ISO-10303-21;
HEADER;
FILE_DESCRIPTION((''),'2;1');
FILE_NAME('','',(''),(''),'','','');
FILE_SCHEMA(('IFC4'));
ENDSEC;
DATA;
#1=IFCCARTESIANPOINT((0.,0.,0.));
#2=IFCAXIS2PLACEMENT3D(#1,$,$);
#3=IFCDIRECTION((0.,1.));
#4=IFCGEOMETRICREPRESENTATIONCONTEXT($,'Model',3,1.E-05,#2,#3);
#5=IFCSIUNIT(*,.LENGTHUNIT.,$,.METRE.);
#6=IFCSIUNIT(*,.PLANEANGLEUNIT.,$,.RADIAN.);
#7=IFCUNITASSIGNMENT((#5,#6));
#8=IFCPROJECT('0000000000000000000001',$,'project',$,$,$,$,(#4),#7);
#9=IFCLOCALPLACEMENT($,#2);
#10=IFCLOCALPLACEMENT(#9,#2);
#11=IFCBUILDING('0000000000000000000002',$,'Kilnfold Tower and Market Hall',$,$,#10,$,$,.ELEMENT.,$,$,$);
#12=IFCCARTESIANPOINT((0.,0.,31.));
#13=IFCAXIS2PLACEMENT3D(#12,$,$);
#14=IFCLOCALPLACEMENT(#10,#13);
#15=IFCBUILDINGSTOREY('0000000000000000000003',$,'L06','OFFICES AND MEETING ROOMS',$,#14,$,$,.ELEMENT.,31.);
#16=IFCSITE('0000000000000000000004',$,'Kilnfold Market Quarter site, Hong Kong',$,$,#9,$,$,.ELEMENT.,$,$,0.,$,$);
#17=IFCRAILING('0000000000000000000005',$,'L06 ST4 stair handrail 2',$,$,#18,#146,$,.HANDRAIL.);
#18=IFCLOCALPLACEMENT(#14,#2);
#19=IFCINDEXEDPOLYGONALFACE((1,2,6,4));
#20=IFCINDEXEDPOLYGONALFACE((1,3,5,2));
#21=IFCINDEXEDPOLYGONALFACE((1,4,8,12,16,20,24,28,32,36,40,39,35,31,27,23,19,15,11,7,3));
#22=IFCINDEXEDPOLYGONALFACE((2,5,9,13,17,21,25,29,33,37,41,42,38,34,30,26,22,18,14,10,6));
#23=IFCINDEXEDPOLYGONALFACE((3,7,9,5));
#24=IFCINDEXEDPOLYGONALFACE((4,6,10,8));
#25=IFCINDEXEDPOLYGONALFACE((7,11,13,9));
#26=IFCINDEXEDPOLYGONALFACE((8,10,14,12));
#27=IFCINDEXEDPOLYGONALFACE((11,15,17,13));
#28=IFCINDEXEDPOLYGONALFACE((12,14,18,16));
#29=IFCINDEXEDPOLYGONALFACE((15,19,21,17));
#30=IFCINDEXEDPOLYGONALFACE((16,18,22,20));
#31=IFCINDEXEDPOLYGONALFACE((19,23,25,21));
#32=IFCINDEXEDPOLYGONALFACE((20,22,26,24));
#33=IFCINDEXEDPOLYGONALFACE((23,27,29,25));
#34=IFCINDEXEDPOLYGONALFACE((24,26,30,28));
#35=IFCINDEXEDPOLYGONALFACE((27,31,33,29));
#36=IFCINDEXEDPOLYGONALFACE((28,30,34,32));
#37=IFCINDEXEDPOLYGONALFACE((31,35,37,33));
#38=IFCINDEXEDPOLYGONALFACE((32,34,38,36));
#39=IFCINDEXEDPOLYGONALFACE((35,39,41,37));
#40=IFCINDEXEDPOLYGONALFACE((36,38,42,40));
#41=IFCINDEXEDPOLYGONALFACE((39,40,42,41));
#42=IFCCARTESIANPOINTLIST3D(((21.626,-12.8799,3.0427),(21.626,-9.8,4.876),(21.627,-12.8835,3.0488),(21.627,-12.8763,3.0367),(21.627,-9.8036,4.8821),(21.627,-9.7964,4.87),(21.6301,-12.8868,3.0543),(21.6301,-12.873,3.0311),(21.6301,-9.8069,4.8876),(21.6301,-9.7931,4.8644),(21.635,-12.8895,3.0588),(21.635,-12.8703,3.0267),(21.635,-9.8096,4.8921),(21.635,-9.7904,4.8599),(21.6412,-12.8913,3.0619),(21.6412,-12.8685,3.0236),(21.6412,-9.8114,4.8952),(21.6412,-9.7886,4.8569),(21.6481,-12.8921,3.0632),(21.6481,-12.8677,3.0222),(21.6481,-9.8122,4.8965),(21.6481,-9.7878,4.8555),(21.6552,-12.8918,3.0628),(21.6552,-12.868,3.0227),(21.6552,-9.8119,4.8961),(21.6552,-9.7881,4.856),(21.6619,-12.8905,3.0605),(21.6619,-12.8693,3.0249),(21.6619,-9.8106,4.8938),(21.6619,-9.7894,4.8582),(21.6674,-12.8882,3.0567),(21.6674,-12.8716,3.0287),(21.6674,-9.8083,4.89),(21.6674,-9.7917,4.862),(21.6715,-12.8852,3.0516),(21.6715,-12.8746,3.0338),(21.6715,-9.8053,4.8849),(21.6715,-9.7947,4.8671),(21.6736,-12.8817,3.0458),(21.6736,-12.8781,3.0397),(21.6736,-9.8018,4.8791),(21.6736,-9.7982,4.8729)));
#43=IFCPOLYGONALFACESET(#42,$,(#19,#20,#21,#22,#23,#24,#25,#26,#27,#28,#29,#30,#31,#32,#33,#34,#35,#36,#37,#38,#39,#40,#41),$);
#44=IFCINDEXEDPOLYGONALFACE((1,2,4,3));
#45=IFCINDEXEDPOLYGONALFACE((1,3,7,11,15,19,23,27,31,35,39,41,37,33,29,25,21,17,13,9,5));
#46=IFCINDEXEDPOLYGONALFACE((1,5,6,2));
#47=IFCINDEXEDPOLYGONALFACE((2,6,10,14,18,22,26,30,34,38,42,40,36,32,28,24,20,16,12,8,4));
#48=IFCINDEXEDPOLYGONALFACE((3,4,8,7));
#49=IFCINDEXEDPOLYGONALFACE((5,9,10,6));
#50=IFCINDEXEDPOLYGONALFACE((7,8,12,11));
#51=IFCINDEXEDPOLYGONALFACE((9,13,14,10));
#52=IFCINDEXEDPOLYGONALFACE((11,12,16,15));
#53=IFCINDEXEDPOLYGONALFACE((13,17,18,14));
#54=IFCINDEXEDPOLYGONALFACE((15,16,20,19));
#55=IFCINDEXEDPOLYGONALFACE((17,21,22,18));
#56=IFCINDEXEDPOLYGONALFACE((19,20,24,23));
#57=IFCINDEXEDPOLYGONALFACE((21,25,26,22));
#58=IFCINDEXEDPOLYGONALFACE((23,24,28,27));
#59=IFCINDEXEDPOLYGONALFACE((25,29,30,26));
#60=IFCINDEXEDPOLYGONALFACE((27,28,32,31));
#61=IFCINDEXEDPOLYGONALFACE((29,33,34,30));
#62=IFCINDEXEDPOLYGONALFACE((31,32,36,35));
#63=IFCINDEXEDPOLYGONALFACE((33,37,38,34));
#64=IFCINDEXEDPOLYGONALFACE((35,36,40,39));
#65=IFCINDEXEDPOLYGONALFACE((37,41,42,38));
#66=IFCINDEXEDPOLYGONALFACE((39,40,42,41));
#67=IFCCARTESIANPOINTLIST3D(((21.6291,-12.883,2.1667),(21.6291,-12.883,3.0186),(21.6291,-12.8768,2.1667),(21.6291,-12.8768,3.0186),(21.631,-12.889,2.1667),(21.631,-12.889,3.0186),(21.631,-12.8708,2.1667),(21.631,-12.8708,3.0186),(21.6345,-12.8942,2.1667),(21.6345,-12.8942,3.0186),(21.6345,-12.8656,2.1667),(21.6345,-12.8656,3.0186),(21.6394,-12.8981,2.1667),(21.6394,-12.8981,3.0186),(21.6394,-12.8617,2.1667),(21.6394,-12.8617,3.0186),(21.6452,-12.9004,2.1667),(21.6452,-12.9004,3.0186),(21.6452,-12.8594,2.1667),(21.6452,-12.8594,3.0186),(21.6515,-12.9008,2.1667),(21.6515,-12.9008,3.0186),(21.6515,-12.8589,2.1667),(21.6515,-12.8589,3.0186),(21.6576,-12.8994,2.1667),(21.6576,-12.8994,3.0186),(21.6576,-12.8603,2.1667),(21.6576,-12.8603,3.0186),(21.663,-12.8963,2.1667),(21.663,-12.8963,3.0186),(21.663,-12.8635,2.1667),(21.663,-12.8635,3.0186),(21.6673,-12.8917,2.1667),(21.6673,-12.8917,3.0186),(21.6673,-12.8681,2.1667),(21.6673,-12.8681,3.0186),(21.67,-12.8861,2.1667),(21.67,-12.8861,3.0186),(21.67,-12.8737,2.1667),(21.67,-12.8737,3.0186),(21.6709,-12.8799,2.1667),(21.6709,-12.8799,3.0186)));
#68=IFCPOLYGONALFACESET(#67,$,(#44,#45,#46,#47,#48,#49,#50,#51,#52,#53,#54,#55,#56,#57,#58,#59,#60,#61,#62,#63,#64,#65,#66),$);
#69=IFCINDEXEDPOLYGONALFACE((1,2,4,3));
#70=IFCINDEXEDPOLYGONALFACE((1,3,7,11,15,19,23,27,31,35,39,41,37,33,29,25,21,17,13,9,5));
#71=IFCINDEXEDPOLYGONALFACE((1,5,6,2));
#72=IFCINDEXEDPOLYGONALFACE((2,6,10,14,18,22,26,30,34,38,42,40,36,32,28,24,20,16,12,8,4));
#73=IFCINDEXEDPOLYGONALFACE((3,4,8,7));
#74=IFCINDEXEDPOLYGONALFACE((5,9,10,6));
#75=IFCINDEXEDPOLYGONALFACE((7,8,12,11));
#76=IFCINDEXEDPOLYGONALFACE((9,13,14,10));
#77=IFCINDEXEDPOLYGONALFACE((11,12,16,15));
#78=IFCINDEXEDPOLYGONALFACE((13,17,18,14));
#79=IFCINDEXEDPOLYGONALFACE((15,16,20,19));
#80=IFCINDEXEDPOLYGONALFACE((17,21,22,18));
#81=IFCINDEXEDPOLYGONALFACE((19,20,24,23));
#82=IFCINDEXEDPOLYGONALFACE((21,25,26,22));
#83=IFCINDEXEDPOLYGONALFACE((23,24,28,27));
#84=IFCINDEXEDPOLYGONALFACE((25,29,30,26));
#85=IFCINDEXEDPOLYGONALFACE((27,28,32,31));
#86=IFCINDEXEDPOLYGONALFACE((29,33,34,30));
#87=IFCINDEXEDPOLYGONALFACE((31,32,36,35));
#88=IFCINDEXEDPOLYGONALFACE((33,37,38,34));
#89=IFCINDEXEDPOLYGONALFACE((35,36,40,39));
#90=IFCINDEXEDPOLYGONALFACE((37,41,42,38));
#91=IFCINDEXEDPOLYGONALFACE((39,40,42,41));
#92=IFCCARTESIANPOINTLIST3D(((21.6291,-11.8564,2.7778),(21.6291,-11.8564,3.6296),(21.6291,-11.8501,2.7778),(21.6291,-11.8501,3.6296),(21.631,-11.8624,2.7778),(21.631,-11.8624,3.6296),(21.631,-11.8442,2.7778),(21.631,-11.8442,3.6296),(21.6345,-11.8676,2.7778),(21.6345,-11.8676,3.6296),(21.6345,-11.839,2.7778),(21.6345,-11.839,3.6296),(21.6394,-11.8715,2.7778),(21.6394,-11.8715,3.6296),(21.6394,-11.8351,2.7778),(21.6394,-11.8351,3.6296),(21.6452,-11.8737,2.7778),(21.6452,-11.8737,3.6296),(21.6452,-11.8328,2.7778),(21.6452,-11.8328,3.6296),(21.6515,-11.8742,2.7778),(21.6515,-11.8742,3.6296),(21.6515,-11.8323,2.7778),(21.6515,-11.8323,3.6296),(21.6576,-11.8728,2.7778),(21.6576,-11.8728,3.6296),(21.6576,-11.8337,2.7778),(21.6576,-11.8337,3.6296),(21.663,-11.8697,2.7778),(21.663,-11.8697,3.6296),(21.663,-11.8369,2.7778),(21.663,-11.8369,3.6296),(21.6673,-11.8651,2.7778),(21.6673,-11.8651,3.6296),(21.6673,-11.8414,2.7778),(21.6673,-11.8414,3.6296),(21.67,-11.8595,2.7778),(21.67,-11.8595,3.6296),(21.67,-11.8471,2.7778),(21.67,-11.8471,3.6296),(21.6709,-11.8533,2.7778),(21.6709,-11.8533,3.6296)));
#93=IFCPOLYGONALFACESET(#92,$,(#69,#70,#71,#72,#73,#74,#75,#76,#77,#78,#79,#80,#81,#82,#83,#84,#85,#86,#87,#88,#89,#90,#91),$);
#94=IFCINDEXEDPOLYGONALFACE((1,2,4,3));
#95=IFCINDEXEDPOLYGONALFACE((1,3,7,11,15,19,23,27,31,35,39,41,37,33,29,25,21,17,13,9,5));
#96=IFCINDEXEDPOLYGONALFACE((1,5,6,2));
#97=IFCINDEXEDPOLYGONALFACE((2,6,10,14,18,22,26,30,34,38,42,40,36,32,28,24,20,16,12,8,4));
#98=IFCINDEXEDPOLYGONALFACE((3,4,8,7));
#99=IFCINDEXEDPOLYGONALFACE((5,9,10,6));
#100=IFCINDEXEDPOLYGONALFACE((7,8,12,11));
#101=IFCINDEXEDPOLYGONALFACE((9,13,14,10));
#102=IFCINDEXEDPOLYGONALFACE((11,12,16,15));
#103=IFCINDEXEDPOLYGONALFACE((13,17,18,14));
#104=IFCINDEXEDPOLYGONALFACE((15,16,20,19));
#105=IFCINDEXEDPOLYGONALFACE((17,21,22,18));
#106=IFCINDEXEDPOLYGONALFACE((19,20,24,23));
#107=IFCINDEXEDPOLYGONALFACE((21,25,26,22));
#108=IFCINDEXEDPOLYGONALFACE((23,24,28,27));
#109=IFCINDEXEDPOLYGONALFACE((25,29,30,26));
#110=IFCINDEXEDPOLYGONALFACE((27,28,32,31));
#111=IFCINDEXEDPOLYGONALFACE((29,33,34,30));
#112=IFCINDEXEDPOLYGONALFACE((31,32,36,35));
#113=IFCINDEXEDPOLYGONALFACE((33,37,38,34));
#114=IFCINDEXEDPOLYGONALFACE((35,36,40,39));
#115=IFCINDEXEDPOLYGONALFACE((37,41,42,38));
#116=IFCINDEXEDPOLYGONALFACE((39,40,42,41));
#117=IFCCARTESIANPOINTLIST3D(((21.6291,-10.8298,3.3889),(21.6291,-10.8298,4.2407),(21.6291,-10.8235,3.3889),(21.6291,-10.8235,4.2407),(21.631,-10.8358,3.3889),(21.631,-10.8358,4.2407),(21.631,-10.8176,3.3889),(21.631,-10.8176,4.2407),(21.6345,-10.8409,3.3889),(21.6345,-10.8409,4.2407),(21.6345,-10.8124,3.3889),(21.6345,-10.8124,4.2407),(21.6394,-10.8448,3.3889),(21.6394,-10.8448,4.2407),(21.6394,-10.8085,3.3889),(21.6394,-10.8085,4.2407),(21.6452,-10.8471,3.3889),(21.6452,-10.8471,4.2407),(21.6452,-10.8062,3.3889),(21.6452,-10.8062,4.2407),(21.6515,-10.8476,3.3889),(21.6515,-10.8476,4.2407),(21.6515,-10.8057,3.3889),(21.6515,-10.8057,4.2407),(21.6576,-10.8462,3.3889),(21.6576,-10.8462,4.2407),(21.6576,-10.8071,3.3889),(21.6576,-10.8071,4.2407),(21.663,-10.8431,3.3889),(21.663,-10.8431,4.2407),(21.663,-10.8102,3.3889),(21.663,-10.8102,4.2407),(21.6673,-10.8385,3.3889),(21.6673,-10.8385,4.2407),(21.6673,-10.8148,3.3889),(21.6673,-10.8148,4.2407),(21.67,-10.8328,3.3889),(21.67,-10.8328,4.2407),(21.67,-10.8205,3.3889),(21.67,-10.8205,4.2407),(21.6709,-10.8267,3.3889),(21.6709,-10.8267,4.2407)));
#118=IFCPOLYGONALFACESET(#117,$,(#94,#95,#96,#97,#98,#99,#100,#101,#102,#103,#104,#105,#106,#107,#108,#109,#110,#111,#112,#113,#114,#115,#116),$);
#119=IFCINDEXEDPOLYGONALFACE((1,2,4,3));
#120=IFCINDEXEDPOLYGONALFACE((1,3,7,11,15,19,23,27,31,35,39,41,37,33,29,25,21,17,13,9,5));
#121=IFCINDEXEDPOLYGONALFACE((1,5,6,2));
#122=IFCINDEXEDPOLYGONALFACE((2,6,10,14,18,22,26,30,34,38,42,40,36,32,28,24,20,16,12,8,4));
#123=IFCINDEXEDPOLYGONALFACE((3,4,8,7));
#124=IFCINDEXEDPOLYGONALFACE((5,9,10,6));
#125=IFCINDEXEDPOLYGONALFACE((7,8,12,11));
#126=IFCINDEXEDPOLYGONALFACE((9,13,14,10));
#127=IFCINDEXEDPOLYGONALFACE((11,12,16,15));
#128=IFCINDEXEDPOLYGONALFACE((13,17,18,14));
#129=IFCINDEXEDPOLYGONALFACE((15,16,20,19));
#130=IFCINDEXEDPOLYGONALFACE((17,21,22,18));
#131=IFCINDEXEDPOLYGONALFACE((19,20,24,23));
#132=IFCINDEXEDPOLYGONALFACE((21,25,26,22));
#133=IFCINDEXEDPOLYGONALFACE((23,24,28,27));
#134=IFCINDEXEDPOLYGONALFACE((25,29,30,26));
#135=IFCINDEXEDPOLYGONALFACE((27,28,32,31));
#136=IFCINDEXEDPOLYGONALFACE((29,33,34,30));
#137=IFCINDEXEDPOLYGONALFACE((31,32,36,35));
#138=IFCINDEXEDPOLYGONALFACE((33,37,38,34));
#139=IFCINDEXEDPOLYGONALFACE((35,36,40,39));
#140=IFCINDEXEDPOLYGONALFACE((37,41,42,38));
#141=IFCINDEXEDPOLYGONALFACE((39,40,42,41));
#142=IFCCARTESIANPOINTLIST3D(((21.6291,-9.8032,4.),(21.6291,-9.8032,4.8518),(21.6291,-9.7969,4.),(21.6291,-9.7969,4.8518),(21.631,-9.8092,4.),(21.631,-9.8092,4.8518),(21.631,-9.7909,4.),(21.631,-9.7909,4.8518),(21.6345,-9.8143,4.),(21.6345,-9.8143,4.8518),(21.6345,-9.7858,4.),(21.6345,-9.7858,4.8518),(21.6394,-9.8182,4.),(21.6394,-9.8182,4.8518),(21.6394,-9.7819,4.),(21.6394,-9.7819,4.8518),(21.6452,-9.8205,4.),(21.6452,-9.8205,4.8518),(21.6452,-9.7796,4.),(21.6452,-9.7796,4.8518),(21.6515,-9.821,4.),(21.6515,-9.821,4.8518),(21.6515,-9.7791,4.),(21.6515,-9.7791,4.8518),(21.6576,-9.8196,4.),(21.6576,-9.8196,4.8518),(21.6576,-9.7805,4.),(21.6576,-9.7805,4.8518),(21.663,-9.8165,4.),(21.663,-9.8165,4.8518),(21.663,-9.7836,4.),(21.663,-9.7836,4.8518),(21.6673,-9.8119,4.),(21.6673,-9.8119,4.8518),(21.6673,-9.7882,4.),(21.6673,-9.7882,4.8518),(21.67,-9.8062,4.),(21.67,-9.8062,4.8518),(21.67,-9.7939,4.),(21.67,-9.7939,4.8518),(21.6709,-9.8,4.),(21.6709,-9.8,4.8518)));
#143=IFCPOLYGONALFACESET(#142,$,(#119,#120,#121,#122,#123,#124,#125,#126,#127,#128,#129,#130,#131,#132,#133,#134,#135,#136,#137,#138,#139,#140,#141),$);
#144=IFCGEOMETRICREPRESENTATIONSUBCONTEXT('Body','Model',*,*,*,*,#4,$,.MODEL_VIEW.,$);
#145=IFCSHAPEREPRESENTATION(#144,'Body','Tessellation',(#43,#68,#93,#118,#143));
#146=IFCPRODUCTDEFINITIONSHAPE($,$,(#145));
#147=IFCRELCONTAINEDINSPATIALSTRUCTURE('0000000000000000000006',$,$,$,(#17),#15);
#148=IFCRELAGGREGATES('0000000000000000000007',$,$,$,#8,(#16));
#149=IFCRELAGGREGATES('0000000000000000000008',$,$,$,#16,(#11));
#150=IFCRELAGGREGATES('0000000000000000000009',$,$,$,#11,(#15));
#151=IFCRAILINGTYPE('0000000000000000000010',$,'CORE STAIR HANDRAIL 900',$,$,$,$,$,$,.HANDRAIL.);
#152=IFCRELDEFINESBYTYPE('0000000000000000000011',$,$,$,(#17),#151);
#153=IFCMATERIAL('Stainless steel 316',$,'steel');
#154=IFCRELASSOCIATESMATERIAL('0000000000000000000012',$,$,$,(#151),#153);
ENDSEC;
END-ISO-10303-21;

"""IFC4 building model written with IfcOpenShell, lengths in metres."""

from ifc_helpers import new_model, si_unit, direction, frame, origin, origin_2d, place, context, subcontext, project, spatial, circle, extrude, material, type_object, element, save


model = new_model("IFC4")

# Units and contexts
model_context = context("Model", 3, precision=1e-05, world=origin(), true_north=direction((0.0, 1.0)))
body_context = subcontext(model_context, "Body", "Model", "MODEL_VIEW")
ifc_project = project(units=[si_unit("LENGTHUNIT", "METRE"), si_unit("PLANEANGLEUNIT", "RADIAN")], contexts=[model_context])

# Site, building, storey
site_placement = place(None, origin())
site = spatial("IfcSite", under=ifc_project, at=site_placement, Name="Kilnfold Market Quarter site, Hong Kong", CompositionType="ELEMENT", RefElevation=0.0)
building_placement = place(site_placement, origin())
building = spatial("IfcBuilding", under=site, at=building_placement, Name="Kilnfold Tower and Market Hall", CompositionType="ELEMENT")
storey_placement = place(building_placement, frame((0.0, 0.0, 31.0)))
storey = spatial("IfcBuildingStorey", under=building, at=storey_placement, Name="L06", Description="OFFICES AND MEETING ROOMS", CompositionType="ELEMENT", Elevation=31.0)

# Railing
ifc_material_1 = material(Name="Stainless steel 316", Category="steel")
railing_type_1 = type_object("IfcRailingType", Name="CORE STAIR HANDRAIL 900", PredefinedType="HANDRAIL", material=ifc_material_1)
railing_1_placement = place(storey_placement, frame((21.6499, -12.8799, 2.1667)))
element("IfcRailing", 1, at=railing_1_placement, inside=storey, type_object=railing_type_1, Name="L06 ST4 stair handrail 2", PredefinedType="HANDRAIL", context=body_context, shape_type="SweptSolid", body=[
    extrude(circle(Radius=0.0239, at=origin_2d()), frame((0.0, 0.0, 0.876), z_axis=(0.0, 0.859291, 0.511487), x_axis=(-1.0, 0.0, 0.0)), (0.0, 0.0, 1.0), 3.5842),
    extrude(circle(Radius=0.021, at=origin_2d()), origin(), (0.0, 0.0, 1.0), 0.8518),
    extrude(circle(Radius=0.021, at=origin_2d()), frame((0.0, 1.0266, 0.6111)), (0.0, 0.0, 1.0), 0.8518),
    extrude(circle(Radius=0.021, at=origin_2d()), frame((0.0, 2.0532, 1.2222)), (0.0, 0.0, 1.0), 0.8518),
    extrude(circle(Radius=0.021, at=origin_2d()), frame((0.0, 3.0798, 1.8333)), (0.0, 0.0, 1.0), 0.8518),
])

save(model, "model.ifc")
